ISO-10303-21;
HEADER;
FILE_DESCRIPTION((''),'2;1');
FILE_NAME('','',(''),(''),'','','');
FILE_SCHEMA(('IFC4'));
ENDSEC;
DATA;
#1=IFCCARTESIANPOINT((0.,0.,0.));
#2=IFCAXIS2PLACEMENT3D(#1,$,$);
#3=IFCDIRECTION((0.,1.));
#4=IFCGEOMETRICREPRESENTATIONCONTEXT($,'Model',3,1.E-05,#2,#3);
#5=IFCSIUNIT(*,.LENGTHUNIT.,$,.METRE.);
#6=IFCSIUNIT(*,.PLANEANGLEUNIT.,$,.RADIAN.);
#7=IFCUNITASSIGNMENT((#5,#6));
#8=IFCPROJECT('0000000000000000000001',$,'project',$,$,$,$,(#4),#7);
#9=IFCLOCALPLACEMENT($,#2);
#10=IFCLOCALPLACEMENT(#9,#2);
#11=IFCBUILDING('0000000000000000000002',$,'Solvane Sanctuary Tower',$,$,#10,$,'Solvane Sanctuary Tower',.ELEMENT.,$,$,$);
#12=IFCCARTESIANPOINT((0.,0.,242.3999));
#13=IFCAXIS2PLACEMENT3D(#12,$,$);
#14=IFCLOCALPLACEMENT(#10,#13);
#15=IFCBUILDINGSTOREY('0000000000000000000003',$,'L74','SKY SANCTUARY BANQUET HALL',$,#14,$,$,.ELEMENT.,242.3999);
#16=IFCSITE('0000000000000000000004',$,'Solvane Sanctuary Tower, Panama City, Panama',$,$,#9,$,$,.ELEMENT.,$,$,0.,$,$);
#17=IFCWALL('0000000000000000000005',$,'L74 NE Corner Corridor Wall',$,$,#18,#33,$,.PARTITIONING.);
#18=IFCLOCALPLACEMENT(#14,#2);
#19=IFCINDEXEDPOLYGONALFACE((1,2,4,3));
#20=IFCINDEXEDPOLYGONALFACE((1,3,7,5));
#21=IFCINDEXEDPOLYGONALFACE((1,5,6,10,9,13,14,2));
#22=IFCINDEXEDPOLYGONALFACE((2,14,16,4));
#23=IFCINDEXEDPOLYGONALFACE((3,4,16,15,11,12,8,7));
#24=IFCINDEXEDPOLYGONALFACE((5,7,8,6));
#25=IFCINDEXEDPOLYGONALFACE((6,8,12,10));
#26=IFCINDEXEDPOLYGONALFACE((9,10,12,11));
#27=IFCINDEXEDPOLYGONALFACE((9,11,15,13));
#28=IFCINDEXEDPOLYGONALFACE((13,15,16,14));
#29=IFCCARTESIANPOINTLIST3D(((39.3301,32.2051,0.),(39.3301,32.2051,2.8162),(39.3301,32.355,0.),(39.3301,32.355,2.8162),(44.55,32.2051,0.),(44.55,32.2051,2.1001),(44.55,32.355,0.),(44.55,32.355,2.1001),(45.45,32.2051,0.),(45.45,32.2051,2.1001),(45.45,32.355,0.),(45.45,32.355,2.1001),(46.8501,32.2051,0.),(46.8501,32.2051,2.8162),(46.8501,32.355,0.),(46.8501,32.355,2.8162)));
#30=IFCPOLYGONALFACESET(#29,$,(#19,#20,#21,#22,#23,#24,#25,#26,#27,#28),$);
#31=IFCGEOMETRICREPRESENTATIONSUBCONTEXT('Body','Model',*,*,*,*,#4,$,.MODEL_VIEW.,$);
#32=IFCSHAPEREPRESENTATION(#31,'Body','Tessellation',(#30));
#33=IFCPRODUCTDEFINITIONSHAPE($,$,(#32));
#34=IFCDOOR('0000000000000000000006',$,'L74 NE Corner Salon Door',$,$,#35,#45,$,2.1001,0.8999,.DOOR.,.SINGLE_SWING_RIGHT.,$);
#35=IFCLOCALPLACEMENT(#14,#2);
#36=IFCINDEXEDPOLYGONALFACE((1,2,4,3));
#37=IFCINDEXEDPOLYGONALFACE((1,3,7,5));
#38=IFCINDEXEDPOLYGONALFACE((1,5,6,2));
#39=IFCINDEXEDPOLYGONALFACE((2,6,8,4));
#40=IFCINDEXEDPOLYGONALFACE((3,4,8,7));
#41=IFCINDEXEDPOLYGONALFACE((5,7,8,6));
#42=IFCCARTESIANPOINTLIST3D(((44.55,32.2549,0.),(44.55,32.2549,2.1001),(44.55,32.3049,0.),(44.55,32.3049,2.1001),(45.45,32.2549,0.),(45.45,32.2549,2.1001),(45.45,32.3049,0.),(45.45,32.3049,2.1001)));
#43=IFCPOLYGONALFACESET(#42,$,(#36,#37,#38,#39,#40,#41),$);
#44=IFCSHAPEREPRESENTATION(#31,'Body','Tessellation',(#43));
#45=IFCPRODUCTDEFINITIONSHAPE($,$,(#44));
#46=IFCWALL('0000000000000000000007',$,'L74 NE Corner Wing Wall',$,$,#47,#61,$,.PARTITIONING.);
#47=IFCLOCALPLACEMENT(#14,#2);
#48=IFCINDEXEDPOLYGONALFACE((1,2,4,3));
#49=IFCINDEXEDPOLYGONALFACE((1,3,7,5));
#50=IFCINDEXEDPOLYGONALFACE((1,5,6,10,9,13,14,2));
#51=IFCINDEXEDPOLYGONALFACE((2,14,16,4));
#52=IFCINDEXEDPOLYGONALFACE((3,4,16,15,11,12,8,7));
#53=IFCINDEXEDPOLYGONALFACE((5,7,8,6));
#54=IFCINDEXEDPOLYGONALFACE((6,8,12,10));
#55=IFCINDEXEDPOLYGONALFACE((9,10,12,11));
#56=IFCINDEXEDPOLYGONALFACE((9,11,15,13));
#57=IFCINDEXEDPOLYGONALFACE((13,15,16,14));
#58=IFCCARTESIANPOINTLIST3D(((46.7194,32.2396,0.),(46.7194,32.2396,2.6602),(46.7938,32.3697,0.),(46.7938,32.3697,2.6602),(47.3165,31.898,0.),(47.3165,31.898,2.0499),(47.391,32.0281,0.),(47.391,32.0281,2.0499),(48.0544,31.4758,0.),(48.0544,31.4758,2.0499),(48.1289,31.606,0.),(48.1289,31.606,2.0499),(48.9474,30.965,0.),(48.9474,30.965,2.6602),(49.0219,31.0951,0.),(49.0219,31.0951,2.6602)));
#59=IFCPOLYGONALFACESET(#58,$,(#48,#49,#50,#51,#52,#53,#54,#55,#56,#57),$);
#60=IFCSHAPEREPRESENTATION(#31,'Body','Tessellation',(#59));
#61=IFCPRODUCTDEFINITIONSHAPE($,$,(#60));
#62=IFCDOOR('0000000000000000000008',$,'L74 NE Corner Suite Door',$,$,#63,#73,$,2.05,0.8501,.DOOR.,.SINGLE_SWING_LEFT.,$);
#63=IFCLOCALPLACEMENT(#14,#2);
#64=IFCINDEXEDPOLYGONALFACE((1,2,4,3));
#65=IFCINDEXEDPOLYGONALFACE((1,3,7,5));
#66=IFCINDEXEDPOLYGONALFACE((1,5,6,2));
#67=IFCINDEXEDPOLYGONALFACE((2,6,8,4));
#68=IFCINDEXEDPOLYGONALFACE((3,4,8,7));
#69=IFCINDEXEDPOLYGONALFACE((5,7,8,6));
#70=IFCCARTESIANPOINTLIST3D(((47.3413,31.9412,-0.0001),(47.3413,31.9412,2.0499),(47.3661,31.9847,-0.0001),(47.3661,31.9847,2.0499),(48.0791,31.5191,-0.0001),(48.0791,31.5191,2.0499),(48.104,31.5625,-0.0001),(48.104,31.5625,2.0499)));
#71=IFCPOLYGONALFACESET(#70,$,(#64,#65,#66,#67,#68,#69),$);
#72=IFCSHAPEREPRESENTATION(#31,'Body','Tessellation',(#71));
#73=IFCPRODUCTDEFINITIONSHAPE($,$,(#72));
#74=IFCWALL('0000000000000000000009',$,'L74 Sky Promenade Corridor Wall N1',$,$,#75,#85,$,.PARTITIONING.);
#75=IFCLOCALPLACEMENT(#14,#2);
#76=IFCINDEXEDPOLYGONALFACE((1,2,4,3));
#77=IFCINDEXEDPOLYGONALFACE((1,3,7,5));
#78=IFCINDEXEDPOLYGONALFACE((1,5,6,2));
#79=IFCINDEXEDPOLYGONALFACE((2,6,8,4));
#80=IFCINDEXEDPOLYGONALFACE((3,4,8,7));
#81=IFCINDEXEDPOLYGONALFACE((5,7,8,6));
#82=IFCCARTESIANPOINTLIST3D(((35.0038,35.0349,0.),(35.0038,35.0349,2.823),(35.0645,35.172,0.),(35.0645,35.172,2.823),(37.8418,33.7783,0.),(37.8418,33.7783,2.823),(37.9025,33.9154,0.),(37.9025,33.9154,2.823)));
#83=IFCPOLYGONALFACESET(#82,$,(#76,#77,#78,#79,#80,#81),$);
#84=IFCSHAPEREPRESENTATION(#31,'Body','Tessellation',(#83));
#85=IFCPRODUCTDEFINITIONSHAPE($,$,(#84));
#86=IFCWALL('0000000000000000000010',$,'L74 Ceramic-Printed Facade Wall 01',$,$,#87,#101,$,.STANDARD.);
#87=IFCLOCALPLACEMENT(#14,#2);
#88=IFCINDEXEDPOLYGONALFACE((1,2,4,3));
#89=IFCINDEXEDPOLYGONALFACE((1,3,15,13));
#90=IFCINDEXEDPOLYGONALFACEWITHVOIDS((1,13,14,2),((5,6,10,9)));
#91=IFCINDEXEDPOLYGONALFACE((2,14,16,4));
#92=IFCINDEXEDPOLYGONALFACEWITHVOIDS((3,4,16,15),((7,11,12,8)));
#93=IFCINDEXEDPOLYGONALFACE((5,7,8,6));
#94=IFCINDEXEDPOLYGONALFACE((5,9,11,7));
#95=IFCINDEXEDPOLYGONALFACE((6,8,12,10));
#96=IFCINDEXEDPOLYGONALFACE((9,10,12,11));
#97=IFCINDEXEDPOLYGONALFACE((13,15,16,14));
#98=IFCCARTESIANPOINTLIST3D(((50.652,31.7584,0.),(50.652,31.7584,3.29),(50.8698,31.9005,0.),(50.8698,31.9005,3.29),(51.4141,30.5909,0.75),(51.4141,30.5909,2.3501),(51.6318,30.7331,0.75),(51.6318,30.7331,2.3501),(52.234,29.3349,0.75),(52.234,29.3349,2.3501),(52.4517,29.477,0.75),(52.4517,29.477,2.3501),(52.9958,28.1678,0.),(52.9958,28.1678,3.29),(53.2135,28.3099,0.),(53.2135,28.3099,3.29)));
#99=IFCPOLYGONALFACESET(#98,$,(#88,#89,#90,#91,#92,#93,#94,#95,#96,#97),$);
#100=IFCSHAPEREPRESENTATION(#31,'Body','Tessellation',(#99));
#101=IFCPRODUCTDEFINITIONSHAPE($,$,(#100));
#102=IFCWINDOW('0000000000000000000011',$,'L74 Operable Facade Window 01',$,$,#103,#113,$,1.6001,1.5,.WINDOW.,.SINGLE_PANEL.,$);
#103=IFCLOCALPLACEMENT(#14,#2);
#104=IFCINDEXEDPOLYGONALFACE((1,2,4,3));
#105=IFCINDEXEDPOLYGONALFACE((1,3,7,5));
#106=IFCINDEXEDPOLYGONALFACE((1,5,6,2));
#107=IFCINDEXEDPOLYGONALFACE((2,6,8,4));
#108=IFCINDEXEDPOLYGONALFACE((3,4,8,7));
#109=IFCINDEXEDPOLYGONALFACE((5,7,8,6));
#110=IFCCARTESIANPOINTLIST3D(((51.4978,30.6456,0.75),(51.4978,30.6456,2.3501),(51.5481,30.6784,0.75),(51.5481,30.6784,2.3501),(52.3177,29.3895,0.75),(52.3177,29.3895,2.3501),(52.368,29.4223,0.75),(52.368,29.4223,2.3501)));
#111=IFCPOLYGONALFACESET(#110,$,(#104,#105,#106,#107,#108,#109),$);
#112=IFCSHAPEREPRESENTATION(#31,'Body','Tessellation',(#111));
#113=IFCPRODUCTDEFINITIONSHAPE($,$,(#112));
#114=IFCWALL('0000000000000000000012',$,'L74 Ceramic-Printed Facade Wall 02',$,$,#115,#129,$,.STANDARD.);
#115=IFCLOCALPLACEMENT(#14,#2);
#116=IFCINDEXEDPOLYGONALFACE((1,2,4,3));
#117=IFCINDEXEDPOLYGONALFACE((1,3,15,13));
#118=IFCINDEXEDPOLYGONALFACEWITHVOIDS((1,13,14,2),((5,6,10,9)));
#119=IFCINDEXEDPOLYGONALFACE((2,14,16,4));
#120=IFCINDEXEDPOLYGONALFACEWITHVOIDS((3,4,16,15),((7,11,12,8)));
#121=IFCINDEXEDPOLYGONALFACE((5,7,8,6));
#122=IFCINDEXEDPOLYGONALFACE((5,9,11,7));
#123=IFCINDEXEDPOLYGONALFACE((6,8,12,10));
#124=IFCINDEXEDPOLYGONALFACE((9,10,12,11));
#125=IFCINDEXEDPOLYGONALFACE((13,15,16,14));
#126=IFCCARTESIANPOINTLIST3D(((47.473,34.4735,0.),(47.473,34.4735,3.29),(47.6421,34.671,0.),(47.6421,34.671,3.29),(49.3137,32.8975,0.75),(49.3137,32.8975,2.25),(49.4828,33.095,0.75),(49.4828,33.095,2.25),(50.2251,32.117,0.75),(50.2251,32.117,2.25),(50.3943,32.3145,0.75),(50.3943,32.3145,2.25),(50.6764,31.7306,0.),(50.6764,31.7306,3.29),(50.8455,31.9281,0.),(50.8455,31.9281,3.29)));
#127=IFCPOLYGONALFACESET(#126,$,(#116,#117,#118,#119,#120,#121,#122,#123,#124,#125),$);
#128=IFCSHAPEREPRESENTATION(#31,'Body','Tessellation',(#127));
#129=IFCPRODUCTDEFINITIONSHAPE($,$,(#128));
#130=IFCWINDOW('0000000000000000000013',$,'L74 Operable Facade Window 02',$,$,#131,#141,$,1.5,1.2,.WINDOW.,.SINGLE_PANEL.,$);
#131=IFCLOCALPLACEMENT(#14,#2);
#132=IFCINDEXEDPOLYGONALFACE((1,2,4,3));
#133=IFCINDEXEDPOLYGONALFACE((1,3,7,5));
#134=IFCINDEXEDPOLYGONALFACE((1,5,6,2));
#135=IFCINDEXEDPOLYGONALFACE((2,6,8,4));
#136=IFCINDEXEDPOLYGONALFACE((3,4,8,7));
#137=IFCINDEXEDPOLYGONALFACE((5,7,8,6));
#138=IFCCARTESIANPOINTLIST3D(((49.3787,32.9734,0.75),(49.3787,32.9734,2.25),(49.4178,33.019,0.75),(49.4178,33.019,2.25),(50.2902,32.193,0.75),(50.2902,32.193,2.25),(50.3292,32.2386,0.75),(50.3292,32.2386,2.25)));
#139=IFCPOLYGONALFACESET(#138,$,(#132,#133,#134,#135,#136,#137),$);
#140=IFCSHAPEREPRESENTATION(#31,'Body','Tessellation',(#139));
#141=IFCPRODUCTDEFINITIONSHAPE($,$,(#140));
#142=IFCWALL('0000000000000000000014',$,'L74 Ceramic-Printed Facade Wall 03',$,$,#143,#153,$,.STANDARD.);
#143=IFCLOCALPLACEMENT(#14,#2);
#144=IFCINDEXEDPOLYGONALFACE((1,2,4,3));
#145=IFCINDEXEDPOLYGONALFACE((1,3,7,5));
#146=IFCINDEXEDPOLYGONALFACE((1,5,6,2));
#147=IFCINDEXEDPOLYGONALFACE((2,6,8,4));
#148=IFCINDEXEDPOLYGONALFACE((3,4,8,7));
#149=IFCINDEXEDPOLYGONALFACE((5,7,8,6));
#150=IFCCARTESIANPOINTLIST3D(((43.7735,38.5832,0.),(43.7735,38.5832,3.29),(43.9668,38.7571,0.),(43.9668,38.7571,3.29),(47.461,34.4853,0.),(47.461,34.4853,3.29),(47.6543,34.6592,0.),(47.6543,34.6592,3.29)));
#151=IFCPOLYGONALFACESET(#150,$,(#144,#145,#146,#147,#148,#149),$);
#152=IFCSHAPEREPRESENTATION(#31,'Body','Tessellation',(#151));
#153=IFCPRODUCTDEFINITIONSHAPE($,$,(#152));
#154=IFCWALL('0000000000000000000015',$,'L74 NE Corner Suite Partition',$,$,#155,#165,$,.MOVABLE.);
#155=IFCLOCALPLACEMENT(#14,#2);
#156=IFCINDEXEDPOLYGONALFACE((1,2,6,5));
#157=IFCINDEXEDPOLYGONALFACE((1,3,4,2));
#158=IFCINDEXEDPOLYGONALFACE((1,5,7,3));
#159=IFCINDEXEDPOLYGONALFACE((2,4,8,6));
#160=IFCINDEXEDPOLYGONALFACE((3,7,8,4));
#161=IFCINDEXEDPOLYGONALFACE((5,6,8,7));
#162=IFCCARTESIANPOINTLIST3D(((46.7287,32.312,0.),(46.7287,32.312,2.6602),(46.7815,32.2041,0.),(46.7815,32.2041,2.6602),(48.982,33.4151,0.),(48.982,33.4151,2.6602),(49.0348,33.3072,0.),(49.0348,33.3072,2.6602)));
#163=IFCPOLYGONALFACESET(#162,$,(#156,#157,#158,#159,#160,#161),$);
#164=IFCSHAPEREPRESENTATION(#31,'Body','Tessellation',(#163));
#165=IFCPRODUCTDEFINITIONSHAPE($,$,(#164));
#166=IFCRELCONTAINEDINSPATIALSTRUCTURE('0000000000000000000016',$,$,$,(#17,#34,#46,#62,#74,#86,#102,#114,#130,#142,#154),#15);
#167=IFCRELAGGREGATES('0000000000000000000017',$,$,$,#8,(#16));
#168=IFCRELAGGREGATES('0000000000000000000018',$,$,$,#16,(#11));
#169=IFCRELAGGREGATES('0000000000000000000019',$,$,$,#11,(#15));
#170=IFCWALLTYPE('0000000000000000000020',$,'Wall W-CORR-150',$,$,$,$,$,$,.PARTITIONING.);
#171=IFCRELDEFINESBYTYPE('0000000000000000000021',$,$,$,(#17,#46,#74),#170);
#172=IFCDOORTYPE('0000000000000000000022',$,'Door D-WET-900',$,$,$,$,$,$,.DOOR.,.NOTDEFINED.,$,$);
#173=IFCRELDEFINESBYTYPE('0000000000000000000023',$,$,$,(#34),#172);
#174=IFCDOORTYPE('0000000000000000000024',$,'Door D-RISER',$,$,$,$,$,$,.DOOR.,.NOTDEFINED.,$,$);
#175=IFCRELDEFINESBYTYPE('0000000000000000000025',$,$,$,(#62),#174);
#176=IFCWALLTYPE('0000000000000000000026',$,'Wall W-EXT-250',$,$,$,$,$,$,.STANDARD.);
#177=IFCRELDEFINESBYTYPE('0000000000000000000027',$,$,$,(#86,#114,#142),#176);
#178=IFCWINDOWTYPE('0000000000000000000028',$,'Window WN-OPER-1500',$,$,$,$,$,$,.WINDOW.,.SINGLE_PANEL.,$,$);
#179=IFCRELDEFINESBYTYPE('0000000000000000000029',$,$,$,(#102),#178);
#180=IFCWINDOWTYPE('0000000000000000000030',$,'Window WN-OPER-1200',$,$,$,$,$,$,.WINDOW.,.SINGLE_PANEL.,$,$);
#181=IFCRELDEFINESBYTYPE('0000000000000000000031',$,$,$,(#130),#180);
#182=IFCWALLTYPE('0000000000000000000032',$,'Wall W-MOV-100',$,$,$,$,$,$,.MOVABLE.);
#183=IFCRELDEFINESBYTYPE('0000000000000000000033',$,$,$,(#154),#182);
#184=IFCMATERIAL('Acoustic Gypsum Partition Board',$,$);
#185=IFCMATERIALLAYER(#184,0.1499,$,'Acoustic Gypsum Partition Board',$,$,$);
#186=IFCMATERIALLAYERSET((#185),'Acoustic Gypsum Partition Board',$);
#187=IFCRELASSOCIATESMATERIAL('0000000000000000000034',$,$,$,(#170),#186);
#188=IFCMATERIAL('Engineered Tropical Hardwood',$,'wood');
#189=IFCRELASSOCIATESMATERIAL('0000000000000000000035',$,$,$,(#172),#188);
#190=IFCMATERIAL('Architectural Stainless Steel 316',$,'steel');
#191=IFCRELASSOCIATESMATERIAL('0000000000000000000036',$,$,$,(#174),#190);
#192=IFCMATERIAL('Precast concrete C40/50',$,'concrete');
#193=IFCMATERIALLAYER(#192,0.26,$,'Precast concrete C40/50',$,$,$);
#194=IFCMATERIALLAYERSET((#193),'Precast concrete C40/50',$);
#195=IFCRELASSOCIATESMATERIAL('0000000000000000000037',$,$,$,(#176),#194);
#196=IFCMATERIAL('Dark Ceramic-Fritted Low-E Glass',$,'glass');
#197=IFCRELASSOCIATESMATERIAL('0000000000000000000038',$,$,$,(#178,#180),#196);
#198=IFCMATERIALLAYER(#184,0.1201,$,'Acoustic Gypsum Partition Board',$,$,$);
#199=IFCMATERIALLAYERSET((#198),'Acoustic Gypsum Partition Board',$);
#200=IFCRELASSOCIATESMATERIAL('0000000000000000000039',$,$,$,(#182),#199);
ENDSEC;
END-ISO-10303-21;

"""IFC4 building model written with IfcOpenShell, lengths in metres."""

from ifc_helpers import new_model, si_unit, direction, frame, frame_2d, origin, place, context, subcontext, project, spatial, rectangle, extrude, material, layer, layer_set, type_object, element, fill, save


model = new_model("IFC4")

# Units and contexts
model_context = context("Model", 3, precision=1e-05, world=origin(), true_north=direction((0.0, 1.0)))
body_context = subcontext(model_context, "Body", "Model", "MODEL_VIEW")
ifc_project = project(units=[si_unit("LENGTHUNIT", "METRE"), si_unit("PLANEANGLEUNIT", "RADIAN")], contexts=[model_context])

# Site, building, storey
site_placement = place(None, origin())
site = spatial("IfcSite", under=ifc_project, at=site_placement, Name="Solvane Sanctuary Tower, Panama City, Panama", CompositionType="ELEMENT", RefElevation=0.0)
building_placement = place(site_placement, origin())
building = spatial("IfcBuilding", under=site, at=building_placement, Name="Solvane Sanctuary Tower", LongName="Solvane Sanctuary Tower", CompositionType="ELEMENT")
storey_placement = place(building_placement, frame((0.0, 0.0, 242.3999)))
storey = spatial("IfcBuildingStorey", under=building, at=storey_placement, Name="L74", Description="SKY SANCTUARY BANQUET HALL", CompositionType="ELEMENT", Elevation=242.3999)

# Shared definitions
ifc_material_1 = material(Name="Acoustic Gypsum Partition Board")
ifc_layer_1 = layer(ifc_material_1, 0.1499, Name="Acoustic Gypsum Partition Board")
ifc_layer_set_1 = layer_set([ifc_layer_1], Name="Acoustic Gypsum Partition Board")
wall_type_1 = type_object("IfcWallType", Name="Wall W-CORR-150", PredefinedType="PARTITIONING", material=ifc_layer_set_1)

# Walls, openings, doors
wall_1_placement = place(storey_placement, frame((39.3301, 32.28, 0.0), z_axis=(0.0, 0.0, 1.0), x_axis=(1.0, 0.0, 0.0)))
wall_1 = element("IfcWall", 1, at=wall_1_placement, inside=storey, type_object=wall_type_1, Name="L74 NE Corner Corridor Wall", PredefinedType="PARTITIONING", context=body_context, shape_type="SweptSolid", body=[
    extrude(rectangle(XDim=7.52, YDim=0.1499, at=frame_2d((3.76, 0.0))), origin(), (0.0, 0.0, 1.0), 2.8162),
])
opening_1_placement = place(wall_1_placement, frame((5.22, 0.0, 0.0)))
opening_1 = element("IfcOpeningElement", 2, at=opening_1_placement, cuts=wall_1, PredefinedType="OPENING", context=body_context, shape_type="SweptSolid", body=[
    extrude(rectangle(XDim=0.8999, YDim=2.1001, at=frame_2d((0.45, 1.05))), frame((0.0, 0.085, 0.0), z_axis=(0.0, -1.0, 0.0), x_axis=(1.0, 0.0, 0.0)), (0.0, 0.0, 1.0), 0.1699),
])
ifc_material_2 = material(Name="Engineered Tropical Hardwood", Category="wood")
door_type_1 = type_object("IfcDoorType", Name="Door D-WET-900", OperationType="NOTDEFINED", PredefinedType="DOOR", material=ifc_material_2)
door_1_placement = place(opening_1_placement, origin())
door_1 = element("IfcDoor", 3, at=door_1_placement, inside=storey, type_object=door_type_1, Name="L74 NE Corner Salon Door", OperationType="SINGLE_SWING_RIGHT", OverallHeight=2.1001, OverallWidth=0.8999, PredefinedType="DOOR", context=body_context, shape_type="SweptSolid", body=[
    extrude(rectangle(XDim=0.8999, YDim=2.1001, at=frame_2d((0.45, 1.05))), frame((0.0, 0.0249, 0.0), z_axis=(0.0, -1.0, 0.0), x_axis=(1.0, 0.0, 0.0)), (0.0, 0.0, 1.0), 0.05),
])
fill(opening_1, door_1)
wall_2_placement = place(storey_placement, frame((46.7566, 32.3047, 0.0), z_axis=(0.0, 0.0, 1.0), x_axis=(0.867991, -0.496579, 0.0)))
wall_2 = element("IfcWall", 4, at=wall_2_placement, inside=storey, type_object=wall_type_1, Name="L74 NE Corner Wing Wall", PredefinedType="PARTITIONING", context=body_context, shape_type="SweptSolid", body=[
    extrude(rectangle(XDim=2.5669, YDim=0.1499, at=frame_2d((1.2834, 0.0))), origin(), (0.0, 0.0, 1.0), 2.6602),
])
opening_2_placement = place(wall_2_placement, frame((0.688, 0.0, 0.0)))
opening_2 = element("IfcOpeningElement", 5, at=opening_2_placement, cuts=wall_2, PredefinedType="OPENING", context=body_context, shape_type="SweptSolid", body=[
    extrude(rectangle(XDim=0.8501, YDim=2.05, at=frame_2d((0.425, 1.0249))), frame((0.0, 0.085, 0.0), z_axis=(0.0, -1.0, 0.0), x_axis=(1.0, 0.0, 0.0)), (0.0, 0.0, 1.0), 0.1699),
])
ifc_material_3 = material(Name="Architectural Stainless Steel 316", Category="steel")
door_type_2 = type_object("IfcDoorType", Name="Door D-RISER", OperationType="NOTDEFINED", PredefinedType="DOOR", material=ifc_material_3)
door_2_placement = place(opening_2_placement, origin())
door_2 = element("IfcDoor", 6, at=door_2_placement, inside=storey, type_object=door_type_2, Name="L74 NE Corner Suite Door", OperationType="SINGLE_SWING_LEFT", OverallHeight=2.05, OverallWidth=0.8501, PredefinedType="DOOR", context=body_context, shape_type="SweptSolid", body=[
    extrude(rectangle(XDim=0.8501, YDim=2.05, at=frame_2d((0.425, 1.0249))), frame((0.0, 0.0249, 0.0), z_axis=(0.0, -1.0, 0.0), x_axis=(1.0, 0.0, 0.0)), (0.0, 0.0, 1.0), 0.05),
])
fill(opening_2, door_2)

# Wall
wall_3_placement = place(storey_placement, frame((37.8721, 33.8469, 0.0), z_axis=(0.0, 0.0, 1.0), x_axis=(-0.914385, 0.404846, 0.0)))
element("IfcWall", 7, at=wall_3_placement, inside=storey, type_object=wall_type_1, Name="L74 Sky Promenade Corridor Wall N1", PredefinedType="PARTITIONING", context=body_context, shape_type="SweptSolid", body=[
    extrude(rectangle(XDim=3.1038, YDim=0.1499, at=frame_2d((1.5518, 0.0))), origin(), (0.0, 0.0, 1.0), 2.823),
])

# Walls, openings, windows
ifc_material_4 = material(Name="Precast concrete C40/50", Category="concrete")
ifc_layer_2 = layer(ifc_material_4, 0.26, Name="Precast concrete C40/50")
ifc_layer_set_2 = layer_set([ifc_layer_2], Name="Precast concrete C40/50")
wall_type_2 = type_object("IfcWallType", Name="Wall W-EXT-250", PredefinedType="STANDARD", material=ifc_layer_set_2)
wall_4_placement = place(storey_placement, frame((53.1047, 28.2388, 0.0), z_axis=(0.0, 0.0, 1.0), x_axis=(-0.546606, 0.83739, 0.0)))
wall_4 = element("IfcWall", 8, at=wall_4_placement, inside=storey, type_object=wall_type_2, Name="L74 Ceramic-Printed Facade Wall 01", PredefinedType="STANDARD", context=body_context, shape_type="SweptSolid", body=[
    extrude(rectangle(XDim=4.2878, YDim=0.26, at=frame_2d((2.144, 0.0))), origin(), (0.0, 0.0, 1.0), 3.29),
])
opening_3_placement = place(wall_4_placement, frame((1.3938, 0.0, 0.75)))
opening_3 = element("IfcOpeningElement", 9, at=opening_3_placement, cuts=wall_4, PredefinedType="OPENING", context=body_context, shape_type="SweptSolid", body=[
    extrude(rectangle(XDim=1.5, YDim=1.6001, at=frame_2d((0.75, 0.8))), frame((0.0, 0.1399, 0.0), z_axis=(0.0, -1.0, 0.0), x_axis=(1.0, 0.0, 0.0)), (0.0, 0.0, 1.0), 0.28),
])
ifc_material_5 = material(Name="Dark Ceramic-Fritted Low-E Glass", Category="glass")
window_type_1 = type_object("IfcWindowType", Name="Window WN-OPER-1500", PartitioningType="SINGLE_PANEL", PredefinedType="WINDOW", material=ifc_material_5)
window_1_placement = place(opening_3_placement, origin())
window_1 = element("IfcWindow", 10, at=window_1_placement, inside=storey, type_object=window_type_1, Name="L74 Operable Facade Window 01", OverallHeight=1.6001, OverallWidth=1.5, PartitioningType="SINGLE_PANEL", PredefinedType="WINDOW", context=body_context, shape_type="SweptSolid", body=[
    extrude(rectangle(XDim=1.5, YDim=1.6001, at=frame_2d((0.75, 0.8))), frame((0.0, 0.03, 0.0), z_axis=(0.0, -1.0, 0.0), x_axis=(1.0, 0.0, 0.0)), (0.0, 0.0, 1.0), 0.0601),
])
fill(opening_3, window_1)
wall_5_placement = place(storey_placement, frame((50.761, 31.8293, 0.0), z_axis=(0.0, 0.0, 1.0), x_axis=(-0.759588, 0.650405, 0.0)))
wall_5 = element("IfcWall", 11, at=wall_5_placement, inside=storey, type_object=wall_type_2, Name="L74 Ceramic-Printed Facade Wall 02", PredefinedType="STANDARD", context=body_context, shape_type="SweptSolid", body=[
    extrude(rectangle(XDim=4.2173, YDim=0.26, at=frame_2d((2.1086, 0.0))), origin(), (0.0, 0.0, 1.0), 3.29),
])
opening_4_placement = place(wall_5_placement, frame((0.594, 0.0, 0.75)))
opening_4 = element("IfcOpeningElement", 12, at=opening_4_placement, cuts=wall_5, PredefinedType="OPENING", context=body_context, shape_type="SweptSolid", body=[
    extrude(rectangle(XDim=1.2, YDim=1.5, at=frame_2d((0.6001, 0.75))), frame((0.0, 0.1399, 0.0), z_axis=(0.0, -1.0, 0.0), x_axis=(1.0, 0.0, 0.0)), (0.0, 0.0, 1.0), 0.28),
])
window_type_2 = type_object("IfcWindowType", Name="Window WN-OPER-1200", PartitioningType="SINGLE_PANEL", PredefinedType="WINDOW", material=ifc_material_5)
window_2_placement = place(opening_4_placement, origin())
window_2 = element("IfcWindow", 13, at=window_2_placement, inside=storey, type_object=window_type_2, Name="L74 Operable Facade Window 02", OverallHeight=1.5, OverallWidth=1.2, PartitioningType="SINGLE_PANEL", PredefinedType="WINDOW", context=body_context, shape_type="SweptSolid", body=[
    extrude(rectangle(XDim=1.2, YDim=1.5, at=frame_2d((0.6001, 0.75))), frame((0.0, 0.03, 0.0), z_axis=(0.0, -1.0, 0.0), x_axis=(1.0, 0.0, 0.0)), (0.0, 0.0, 1.0), 0.0601),
])
fill(opening_4, window_2)

# Walls
wall_6_placement = place(storey_placement, frame((47.5576, 34.5723, 0.0), z_axis=(0.0, 0.0, 1.0), x_axis=(-0.668904, 0.743349, 0.0)))
element("IfcWall", 14, at=wall_6_placement, inside=storey, type_object=wall_type_2, Name="L74 Ceramic-Printed Facade Wall 03", PredefinedType="STANDARD", context=body_context, shape_type="SweptSolid", body=[
    extrude(rectangle(XDim=5.5127, YDim=0.26, at=frame_2d((2.7563, 0.0))), origin(), (0.0, 0.0, 1.0), 3.29),
])
ifc_layer_3 = layer(ifc_material_1, 0.1201, Name="Acoustic Gypsum Partition Board")
ifc_layer_set_3 = layer_set([ifc_layer_3], Name="Acoustic Gypsum Partition Board")
wall_type_3 = type_object("IfcWallType", Name="Wall W-MOV-100", PredefinedType="MOVABLE", material=ifc_layer_set_3)
wall_7_placement = place(storey_placement, frame((46.7551, 32.2581, 0.0), z_axis=(0.0, 0.0, 1.0), x_axis=(0.898152, 0.439685, 0.0)))
element("IfcWall", 15, at=wall_7_placement, inside=storey, type_object=wall_type_3, Name="L74 NE Corner Suite Partition", PredefinedType="MOVABLE", context=body_context, shape_type="SweptSolid", body=[
    extrude(rectangle(XDim=2.5088, YDim=0.1201, at=frame_2d((1.2544, 0.0))), origin(), (0.0, 0.0, 1.0), 2.6602),
])

save(model, "model.ifc")
